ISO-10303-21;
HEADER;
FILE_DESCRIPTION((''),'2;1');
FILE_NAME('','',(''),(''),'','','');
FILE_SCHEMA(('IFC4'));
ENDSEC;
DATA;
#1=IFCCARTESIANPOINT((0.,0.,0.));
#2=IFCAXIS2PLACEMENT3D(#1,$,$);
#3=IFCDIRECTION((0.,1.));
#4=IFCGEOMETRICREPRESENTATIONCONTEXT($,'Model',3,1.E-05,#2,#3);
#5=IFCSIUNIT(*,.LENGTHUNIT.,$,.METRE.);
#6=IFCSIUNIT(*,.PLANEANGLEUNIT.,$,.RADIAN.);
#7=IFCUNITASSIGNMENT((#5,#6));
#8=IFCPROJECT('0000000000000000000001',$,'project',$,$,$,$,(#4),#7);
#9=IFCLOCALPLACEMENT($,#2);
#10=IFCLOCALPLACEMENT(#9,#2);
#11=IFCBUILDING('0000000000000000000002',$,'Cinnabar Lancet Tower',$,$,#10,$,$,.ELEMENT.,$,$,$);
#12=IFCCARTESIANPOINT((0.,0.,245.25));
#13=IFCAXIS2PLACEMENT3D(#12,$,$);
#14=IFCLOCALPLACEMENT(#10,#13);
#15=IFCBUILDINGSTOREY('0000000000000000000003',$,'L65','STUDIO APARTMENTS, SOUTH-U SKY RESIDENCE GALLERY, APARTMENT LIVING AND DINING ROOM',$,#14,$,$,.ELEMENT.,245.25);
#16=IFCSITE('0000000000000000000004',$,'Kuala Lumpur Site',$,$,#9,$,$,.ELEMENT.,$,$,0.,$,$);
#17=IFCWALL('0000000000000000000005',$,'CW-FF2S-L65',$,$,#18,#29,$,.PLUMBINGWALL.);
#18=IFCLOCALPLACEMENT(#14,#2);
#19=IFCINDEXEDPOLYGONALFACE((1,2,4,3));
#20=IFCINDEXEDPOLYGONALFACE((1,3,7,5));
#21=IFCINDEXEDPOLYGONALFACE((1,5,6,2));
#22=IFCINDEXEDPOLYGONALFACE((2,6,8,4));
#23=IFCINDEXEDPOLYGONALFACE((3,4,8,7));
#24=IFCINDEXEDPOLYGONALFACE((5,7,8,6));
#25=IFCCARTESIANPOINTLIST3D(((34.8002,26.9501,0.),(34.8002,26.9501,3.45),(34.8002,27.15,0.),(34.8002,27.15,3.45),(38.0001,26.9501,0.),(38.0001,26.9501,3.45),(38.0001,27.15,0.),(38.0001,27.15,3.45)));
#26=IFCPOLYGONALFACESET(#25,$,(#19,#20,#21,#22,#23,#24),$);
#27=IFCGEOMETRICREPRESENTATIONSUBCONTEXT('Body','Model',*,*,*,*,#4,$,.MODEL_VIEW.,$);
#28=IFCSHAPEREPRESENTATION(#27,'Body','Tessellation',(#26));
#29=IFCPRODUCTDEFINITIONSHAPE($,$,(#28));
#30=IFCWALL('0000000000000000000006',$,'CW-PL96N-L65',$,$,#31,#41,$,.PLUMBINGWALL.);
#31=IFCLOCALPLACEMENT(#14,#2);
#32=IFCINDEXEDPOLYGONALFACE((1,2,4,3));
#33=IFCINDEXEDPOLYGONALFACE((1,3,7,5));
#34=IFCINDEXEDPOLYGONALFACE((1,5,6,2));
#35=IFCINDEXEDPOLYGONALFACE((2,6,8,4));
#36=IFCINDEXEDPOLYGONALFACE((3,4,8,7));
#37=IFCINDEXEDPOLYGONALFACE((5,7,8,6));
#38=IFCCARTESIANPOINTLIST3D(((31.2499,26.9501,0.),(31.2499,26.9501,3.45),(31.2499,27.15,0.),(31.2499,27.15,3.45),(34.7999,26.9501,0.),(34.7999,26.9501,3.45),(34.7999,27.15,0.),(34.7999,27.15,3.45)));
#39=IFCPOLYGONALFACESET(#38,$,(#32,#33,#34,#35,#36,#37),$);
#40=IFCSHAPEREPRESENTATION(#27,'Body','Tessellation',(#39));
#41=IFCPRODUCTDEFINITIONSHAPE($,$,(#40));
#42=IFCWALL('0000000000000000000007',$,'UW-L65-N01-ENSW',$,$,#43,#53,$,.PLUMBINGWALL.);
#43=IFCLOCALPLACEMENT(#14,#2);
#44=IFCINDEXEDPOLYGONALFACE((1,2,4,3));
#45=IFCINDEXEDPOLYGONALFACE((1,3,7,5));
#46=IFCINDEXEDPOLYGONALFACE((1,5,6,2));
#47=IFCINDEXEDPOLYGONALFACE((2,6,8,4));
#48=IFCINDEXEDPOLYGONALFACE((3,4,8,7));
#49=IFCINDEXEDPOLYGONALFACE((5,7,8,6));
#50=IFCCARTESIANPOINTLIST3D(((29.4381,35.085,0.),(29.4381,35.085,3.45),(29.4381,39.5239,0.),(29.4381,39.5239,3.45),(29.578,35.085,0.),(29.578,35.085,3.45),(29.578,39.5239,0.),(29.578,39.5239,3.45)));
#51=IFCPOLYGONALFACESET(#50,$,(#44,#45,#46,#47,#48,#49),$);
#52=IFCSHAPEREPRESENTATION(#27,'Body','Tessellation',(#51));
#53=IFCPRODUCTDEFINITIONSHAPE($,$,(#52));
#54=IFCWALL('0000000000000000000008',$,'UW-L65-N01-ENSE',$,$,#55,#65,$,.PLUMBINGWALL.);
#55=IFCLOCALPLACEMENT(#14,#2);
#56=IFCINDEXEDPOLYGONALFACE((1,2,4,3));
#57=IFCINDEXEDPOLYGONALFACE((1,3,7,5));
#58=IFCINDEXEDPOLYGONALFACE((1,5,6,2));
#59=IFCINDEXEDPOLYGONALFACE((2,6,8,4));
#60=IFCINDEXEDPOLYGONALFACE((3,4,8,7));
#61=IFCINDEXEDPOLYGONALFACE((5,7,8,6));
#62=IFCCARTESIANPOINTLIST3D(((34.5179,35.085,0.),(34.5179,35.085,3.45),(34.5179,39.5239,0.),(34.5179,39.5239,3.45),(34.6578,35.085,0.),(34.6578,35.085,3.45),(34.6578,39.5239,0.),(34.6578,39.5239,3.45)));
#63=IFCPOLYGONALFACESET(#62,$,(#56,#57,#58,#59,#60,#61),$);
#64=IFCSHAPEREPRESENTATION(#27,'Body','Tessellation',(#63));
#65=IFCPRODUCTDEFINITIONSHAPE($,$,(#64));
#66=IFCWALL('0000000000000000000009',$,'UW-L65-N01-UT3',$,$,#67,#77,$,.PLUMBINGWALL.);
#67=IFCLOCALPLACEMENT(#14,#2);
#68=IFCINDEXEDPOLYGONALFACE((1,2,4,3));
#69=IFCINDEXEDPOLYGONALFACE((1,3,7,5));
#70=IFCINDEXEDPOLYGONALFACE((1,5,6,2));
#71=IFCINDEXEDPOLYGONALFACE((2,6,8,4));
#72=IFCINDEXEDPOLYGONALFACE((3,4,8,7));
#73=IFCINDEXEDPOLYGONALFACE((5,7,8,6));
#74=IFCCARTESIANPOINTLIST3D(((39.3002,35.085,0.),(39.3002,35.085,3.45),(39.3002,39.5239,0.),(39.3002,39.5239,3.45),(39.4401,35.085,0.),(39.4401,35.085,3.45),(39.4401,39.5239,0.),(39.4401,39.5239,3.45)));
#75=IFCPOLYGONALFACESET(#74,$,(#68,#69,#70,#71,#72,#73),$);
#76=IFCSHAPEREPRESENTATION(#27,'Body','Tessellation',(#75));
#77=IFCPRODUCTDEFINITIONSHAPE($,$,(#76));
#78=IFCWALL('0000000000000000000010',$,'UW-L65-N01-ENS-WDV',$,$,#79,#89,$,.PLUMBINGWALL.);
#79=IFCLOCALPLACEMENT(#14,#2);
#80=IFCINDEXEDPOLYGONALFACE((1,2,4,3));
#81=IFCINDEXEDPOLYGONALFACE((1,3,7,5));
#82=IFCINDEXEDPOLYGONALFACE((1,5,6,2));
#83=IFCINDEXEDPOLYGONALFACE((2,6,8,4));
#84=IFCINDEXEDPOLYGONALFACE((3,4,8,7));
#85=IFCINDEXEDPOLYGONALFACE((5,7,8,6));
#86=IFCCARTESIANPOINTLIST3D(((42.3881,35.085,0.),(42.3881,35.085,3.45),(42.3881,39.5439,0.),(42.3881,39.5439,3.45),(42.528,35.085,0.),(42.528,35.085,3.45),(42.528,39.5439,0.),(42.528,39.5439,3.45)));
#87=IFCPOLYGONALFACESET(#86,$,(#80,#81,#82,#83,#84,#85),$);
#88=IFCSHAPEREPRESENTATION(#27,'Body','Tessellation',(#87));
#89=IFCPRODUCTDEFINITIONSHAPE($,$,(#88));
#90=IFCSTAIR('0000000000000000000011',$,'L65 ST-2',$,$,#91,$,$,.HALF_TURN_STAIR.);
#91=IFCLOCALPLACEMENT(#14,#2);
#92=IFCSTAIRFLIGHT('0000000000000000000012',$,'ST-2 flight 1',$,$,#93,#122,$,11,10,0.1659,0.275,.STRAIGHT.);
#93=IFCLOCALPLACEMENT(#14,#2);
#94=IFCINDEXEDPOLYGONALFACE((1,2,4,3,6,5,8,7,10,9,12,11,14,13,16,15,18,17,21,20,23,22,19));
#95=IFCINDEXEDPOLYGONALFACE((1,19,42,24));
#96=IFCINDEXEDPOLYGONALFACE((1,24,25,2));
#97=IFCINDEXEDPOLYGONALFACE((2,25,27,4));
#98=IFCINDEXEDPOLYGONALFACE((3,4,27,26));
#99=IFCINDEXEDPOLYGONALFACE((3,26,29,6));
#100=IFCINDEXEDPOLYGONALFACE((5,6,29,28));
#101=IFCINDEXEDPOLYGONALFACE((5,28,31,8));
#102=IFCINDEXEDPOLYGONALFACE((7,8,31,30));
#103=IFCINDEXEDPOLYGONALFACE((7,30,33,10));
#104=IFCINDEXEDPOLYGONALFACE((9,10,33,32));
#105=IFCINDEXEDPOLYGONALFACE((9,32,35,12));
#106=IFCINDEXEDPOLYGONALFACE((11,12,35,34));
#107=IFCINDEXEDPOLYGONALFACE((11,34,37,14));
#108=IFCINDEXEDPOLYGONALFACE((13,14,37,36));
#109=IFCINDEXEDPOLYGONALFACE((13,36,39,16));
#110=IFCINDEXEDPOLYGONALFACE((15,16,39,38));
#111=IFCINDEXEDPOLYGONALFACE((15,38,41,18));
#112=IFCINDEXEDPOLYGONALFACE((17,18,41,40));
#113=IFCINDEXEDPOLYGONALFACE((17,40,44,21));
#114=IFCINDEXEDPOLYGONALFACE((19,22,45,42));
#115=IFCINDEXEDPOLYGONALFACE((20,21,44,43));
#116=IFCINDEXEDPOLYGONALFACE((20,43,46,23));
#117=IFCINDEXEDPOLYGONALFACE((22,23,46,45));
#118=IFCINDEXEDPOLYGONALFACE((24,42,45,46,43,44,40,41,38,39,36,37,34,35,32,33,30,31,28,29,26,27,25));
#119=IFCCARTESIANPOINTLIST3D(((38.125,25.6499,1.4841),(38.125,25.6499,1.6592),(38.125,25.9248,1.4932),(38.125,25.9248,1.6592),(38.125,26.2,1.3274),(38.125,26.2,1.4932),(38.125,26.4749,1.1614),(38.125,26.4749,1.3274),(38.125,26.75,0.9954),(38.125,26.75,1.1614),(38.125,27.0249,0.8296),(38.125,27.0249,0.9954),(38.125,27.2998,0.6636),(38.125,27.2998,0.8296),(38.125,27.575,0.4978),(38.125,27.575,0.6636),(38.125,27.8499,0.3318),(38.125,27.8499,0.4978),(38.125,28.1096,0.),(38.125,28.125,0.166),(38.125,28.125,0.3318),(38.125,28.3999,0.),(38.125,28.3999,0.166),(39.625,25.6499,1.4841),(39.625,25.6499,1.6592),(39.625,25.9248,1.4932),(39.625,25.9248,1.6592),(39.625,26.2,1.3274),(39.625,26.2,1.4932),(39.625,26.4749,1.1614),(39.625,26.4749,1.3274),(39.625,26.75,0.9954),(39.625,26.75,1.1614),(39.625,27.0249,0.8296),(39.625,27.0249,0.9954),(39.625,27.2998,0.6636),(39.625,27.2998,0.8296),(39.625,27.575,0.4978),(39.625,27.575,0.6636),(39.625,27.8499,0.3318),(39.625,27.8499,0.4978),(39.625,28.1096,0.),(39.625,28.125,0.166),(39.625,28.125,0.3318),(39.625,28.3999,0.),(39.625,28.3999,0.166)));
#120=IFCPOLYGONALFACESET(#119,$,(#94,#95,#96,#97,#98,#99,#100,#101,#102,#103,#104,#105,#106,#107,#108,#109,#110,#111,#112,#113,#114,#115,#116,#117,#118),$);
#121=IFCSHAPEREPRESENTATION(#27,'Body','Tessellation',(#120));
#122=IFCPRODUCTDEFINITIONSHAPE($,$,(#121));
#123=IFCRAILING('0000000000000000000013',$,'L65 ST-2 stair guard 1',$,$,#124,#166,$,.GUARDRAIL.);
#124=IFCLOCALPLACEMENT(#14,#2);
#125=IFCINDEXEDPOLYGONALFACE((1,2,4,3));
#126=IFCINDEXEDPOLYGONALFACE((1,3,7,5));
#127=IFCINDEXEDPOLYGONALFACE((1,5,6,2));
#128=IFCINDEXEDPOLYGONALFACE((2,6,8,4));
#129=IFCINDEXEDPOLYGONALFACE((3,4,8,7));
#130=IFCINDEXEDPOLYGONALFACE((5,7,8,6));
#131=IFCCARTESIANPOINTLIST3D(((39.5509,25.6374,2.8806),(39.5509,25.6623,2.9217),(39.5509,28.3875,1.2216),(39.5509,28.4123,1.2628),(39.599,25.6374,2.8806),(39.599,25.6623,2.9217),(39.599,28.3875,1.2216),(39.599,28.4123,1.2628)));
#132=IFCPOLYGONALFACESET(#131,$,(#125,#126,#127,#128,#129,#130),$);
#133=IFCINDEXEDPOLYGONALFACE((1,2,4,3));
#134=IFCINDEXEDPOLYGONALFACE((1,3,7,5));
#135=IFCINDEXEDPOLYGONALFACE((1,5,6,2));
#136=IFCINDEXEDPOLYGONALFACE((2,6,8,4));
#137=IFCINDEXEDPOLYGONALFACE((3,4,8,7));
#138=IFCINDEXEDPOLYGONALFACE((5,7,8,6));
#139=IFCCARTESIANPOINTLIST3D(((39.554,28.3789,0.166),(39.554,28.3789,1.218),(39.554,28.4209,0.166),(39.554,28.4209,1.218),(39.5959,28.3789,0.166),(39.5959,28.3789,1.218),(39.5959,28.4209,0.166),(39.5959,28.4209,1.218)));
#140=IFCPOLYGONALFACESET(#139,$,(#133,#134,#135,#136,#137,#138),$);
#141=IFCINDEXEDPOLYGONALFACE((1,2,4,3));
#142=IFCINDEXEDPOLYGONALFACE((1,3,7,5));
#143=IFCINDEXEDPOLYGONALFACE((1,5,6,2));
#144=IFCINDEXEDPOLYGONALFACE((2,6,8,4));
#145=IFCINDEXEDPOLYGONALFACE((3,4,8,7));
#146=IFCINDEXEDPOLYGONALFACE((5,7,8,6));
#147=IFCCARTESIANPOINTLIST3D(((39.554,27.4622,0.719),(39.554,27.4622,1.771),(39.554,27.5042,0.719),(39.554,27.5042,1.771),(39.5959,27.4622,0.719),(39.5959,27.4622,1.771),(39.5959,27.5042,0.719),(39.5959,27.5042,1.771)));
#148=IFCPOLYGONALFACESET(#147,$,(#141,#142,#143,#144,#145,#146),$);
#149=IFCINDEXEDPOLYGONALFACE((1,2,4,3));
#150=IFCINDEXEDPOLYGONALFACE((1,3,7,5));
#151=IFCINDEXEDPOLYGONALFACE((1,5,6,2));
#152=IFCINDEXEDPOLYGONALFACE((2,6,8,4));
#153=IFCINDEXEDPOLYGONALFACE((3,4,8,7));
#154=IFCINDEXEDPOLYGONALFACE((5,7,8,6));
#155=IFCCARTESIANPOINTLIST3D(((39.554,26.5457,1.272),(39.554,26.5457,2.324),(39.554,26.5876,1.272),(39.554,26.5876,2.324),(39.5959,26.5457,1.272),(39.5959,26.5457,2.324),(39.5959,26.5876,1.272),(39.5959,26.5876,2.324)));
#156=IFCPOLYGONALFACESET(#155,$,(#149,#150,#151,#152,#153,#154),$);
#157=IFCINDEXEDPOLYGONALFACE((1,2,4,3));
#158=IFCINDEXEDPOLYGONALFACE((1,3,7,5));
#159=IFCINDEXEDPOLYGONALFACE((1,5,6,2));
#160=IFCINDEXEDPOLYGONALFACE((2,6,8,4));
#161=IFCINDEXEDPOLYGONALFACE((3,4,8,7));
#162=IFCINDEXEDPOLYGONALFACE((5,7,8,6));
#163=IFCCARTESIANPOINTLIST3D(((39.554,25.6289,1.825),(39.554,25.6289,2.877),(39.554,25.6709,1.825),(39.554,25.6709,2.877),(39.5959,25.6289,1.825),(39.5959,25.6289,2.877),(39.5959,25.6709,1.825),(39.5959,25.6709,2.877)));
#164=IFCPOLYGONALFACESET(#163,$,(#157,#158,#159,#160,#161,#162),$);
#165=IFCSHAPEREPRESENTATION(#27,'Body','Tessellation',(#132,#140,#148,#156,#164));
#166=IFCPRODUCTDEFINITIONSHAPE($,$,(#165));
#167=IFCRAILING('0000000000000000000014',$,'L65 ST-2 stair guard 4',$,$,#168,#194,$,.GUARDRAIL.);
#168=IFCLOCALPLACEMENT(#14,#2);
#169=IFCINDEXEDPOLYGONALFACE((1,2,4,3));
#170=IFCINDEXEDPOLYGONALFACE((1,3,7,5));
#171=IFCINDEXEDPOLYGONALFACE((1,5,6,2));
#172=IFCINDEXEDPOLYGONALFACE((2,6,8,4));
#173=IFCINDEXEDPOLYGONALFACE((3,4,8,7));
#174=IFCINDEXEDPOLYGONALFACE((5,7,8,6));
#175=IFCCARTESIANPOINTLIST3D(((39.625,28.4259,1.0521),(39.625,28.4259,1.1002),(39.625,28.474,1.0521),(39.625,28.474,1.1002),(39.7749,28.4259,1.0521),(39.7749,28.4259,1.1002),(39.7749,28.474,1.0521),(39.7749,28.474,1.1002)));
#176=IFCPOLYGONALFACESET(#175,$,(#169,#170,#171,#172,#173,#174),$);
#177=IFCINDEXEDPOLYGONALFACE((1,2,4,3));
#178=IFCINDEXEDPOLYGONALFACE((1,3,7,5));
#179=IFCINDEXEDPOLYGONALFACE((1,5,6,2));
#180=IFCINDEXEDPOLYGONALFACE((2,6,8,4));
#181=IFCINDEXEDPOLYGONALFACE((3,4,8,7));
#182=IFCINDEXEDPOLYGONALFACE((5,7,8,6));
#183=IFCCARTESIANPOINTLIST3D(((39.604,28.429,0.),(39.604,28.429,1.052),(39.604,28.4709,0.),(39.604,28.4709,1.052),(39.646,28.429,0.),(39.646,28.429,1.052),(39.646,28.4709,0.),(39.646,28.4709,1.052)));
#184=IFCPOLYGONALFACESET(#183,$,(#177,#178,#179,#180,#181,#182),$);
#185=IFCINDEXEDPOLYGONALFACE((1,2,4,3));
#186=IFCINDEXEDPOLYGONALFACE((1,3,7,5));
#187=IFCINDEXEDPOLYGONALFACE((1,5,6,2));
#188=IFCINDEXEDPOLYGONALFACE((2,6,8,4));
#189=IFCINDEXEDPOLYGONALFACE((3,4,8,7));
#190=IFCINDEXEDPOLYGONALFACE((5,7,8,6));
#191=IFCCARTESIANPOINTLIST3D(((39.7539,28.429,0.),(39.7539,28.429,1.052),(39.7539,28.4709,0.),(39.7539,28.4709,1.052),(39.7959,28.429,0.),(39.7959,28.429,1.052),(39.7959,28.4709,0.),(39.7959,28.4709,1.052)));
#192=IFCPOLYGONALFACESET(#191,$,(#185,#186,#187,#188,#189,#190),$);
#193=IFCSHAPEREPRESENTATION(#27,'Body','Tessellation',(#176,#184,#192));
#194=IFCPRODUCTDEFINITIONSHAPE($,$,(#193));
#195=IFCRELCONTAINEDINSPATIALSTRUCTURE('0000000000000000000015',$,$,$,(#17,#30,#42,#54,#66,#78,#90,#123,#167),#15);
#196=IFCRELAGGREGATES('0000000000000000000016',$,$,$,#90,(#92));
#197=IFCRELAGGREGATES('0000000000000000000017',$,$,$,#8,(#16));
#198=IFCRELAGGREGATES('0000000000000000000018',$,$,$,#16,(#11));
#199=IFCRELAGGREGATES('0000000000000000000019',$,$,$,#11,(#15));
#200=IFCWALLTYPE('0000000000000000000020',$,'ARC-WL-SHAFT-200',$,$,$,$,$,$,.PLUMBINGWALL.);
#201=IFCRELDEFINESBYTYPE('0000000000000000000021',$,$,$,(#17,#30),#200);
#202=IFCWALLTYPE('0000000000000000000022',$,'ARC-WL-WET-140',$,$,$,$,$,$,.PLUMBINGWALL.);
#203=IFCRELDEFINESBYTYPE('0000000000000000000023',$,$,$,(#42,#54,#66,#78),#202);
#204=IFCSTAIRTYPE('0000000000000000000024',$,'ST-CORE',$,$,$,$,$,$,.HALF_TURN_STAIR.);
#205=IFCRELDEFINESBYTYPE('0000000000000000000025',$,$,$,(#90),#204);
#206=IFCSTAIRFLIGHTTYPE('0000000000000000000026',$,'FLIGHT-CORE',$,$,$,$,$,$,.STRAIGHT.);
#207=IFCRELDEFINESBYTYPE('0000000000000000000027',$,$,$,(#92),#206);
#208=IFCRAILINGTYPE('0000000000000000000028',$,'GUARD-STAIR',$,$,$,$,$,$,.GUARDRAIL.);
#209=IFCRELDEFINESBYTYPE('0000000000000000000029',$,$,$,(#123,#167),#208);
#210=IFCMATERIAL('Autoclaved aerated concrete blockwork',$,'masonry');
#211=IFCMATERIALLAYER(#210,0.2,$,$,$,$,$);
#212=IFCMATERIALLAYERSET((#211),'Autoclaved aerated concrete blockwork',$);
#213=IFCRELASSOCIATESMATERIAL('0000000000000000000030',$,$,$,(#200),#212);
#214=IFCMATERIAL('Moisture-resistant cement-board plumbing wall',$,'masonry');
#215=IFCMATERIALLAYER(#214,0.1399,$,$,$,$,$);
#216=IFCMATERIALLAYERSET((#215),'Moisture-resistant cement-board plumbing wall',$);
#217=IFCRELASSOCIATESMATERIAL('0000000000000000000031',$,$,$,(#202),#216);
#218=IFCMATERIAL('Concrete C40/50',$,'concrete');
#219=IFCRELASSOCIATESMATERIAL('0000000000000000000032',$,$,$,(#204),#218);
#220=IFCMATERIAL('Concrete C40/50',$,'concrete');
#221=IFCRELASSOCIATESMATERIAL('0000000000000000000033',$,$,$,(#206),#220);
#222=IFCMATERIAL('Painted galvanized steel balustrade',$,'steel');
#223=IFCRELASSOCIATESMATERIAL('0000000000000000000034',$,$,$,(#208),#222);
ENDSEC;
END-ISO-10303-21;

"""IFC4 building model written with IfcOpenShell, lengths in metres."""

from ifc_helpers import new_model, si_unit, direction, frame, frame_2d, origin, origin_2d, place, context, subcontext, project, spatial, polyline, rectangle, outline, extrude, material, layer, layer_set, type_object, element, aggregate, save


model = new_model("IFC4")

# Units and contexts
model_context = context("Model", 3, precision=1e-05, world=origin(), true_north=direction((0.0, 1.0)))
body_context = subcontext(model_context, "Body", "Model", "MODEL_VIEW")
ifc_project = project(units=[si_unit("LENGTHUNIT", "METRE"), si_unit("PLANEANGLEUNIT", "RADIAN")], contexts=[model_context])

# Site, building, storey
site_placement = place(None, origin())
site = spatial("IfcSite", under=ifc_project, at=site_placement, Name="Kuala Lumpur Site", CompositionType="ELEMENT", RefElevation=0.0)
building_placement = place(site_placement, origin())
building = spatial("IfcBuilding", under=site, at=building_placement, Name="Cinnabar Lancet Tower", CompositionType="ELEMENT")
storey_placement = place(building_placement, frame((0.0, 0.0, 245.25)))
storey = spatial("IfcBuildingStorey", under=building, at=storey_placement, Name="L65", Description="STUDIO APARTMENTS, SOUTH-U SKY RESIDENCE GALLERY, APARTMENT LIVING AND DINING ROOM", CompositionType="ELEMENT", Elevation=245.25)

# Shared definitions
ifc_material_1 = material(Name="Autoclaved aerated concrete blockwork", Category="masonry")
ifc_layer_1 = layer(ifc_material_1, 0.2)
ifc_layer_set_1 = layer_set([ifc_layer_1], Name="Autoclaved aerated concrete blockwork")
wall_type_1 = type_object("IfcWallType", Name="ARC-WL-SHAFT-200", PredefinedType="PLUMBINGWALL", material=ifc_layer_set_1)

# Walls
wall_1_placement = place(storey_placement, frame((34.8, 27.05, 0.0), z_axis=(0.0, 0.0, 1.0), x_axis=(1.0, 0.0, 0.0)))
element("IfcWall", 1, at=wall_1_placement, inside=storey, type_object=wall_type_1, Name="CW-FF2S-L65", PredefinedType="PLUMBINGWALL", context=body_context, shape_type="SweptSolid", body=[
    extrude(rectangle(XDim=3.2, YDim=0.2, at=frame_2d((1.6001, 0.0))), origin(), (0.0, 0.0, 1.0), 3.45),
])
wall_2_placement = place(storey_placement, frame((31.25, 27.05, 0.0), z_axis=(0.0, 0.0, 1.0), x_axis=(1.0, 0.0, 0.0)))
element("IfcWall", 2, at=wall_2_placement, inside=storey, type_object=wall_type_1, Name="CW-PL96N-L65", PredefinedType="PLUMBINGWALL", context=body_context, shape_type="SweptSolid", body=[
    extrude(rectangle(XDim=3.55, YDim=0.2, at=frame_2d((1.7749, 0.0))), origin(), (0.0, 0.0, 1.0), 3.45),
])
ifc_material_2 = material(Name="Moisture-resistant cement-board plumbing wall", Category="masonry")
ifc_layer_2 = layer(ifc_material_2, 0.1399)
ifc_layer_set_2 = layer_set([ifc_layer_2], Name="Moisture-resistant cement-board plumbing wall")
wall_type_2 = type_object("IfcWallType", Name="ARC-WL-WET-140", PredefinedType="PLUMBINGWALL", material=ifc_layer_set_2)
for number, where, z_axis, x_axis, name in (
    (3, (29.5081, 35.085, 0.0), (0.0, 0.0, 1.0), (0.0, 1.0, 0.0), "UW-L65-N01-ENSW"),
    (4, (34.5879, 35.085, 0.0), (0.0, 0.0, 1.0), (0.0, 1.0, 0.0), "UW-L65-N01-ENSE"),
    (5, (39.3701, 35.085, 0.0), (0.0, 0.0, 1.0), (0.0, 1.0, 0.0), "UW-L65-N01-UT3"),
):
    element("IfcWall", number, at=place(storey_placement, frame(where, z_axis=z_axis, x_axis=x_axis)), inside=storey, type_object=wall_type_2, Name=name, PredefinedType="PLUMBINGWALL", context=body_context, shape_type="SweptSolid", body=[
        extrude(rectangle(XDim=4.439, YDim=0.1399, at=frame_2d((2.2195, 0.0))), origin(), (0.0, 0.0, 1.0), 3.45),
    ])
wall_3_placement = place(storey_placement, frame((42.458, 35.085, 0.0), z_axis=(0.0, 0.0, 1.0), x_axis=(0.0, 1.0, 0.0)))
element("IfcWall", 6, at=wall_3_placement, inside=storey, type_object=wall_type_2, Name="UW-L65-N01-ENS-WDV", PredefinedType="PLUMBINGWALL", context=body_context, shape_type="SweptSolid", body=[
    extrude(rectangle(XDim=4.459, YDim=0.1399, at=frame_2d((2.2295, 0.0))), origin(), (0.0, 0.0, 1.0), 3.45),
])

# Stair, stair flight
ifc_material_3 = material(Name="Concrete C40/50", Category="concrete")
stair_type = type_object("IfcStairType", Name="ST-CORE", PredefinedType="HALF_TURN_STAIR", material=ifc_material_3)
stair_placement = place(storey_placement, origin())
stair = element("IfcStair", 7, at=stair_placement, inside=storey, type_object=stair_type, Name="L65 ST-2", PredefinedType="HALF_TURN_STAIR")
ifc_material_4 = material(Name="Concrete C40/50", Category="concrete")
stair_flight_type = type_object("IfcStairFlightType", Name="FLIGHT-CORE", PredefinedType="STRAIGHT", material=ifc_material_4)
stair_flight_placement = place(storey_placement, frame((38.875, 28.3999, 0.0), z_axis=(0.0, 0.0, 1.0), x_axis=(0.0, -1.0, 0.0)))
stair_flight = element("IfcStairFlight", 8, at=stair_flight_placement, type_object=stair_flight_type, Name="ST-2 flight 1", NumberOfRisers=11, NumberOfTreads=10, PredefinedType="STRAIGHT", RiserHeight=0.1659, TreadLength=0.275, context=body_context, shape_type="SweptSolid", body=[
    extrude(outline(polyline([(0.0, 0.0), (0.0, 0.166), (0.2749, 0.166), (0.2749, 0.3318), (0.55, 0.3318), (0.55, 0.4978), (0.825, 0.4978), (0.825, 0.6636), (1.1001, 0.6636), (1.1001, 0.8296), (1.375, 0.8296), (1.375, 0.9954), (1.6499, 0.9954), (1.6499, 1.1614), (1.925, 1.1614), (1.925, 1.3274), (2.2, 1.3274), (2.2, 1.4932), (2.4751, 1.4932), (2.4751, 1.6592), (2.75, 1.6592), (2.75, 1.825), (2.75, 1.4841), (0.2903, 0.0), (0.0, 0.0)])), frame((0.0, 0.75, 0.0), z_axis=(0.0, -1.0, 0.0), x_axis=(1.0, 0.0, 0.0)), (0.0, 0.0, 1.0), 1.5),
])
aggregate(stair, [stair_flight])

# Railings
ifc_material_5 = material(Name="Painted galvanized steel balustrade", Category="steel")
railing_type_1 = type_object("IfcRailingType", Name="GUARD-STAIR", PredefinedType="GUARDRAIL", material=ifc_material_5)
railing_1_placement = place(storey_placement, frame((39.575, 28.3999, 0.166)))
element("IfcRailing", 9, at=railing_1_placement, inside=storey, type_object=railing_type_1, Name="L65 ST-2 stair guard 1", PredefinedType="GUARDRAIL", context=body_context, shape_type="SweptSolid", body=[
    extrude(rectangle(XDim=0.0481, YDim=0.0481, at=origin_2d()), frame((0.0, 0.0, 1.0762), z_axis=(0.0, -0.856263, 0.51654), x_axis=(1.0, 0.0, 0.0)), (0.0, 0.0, 1.0), 3.2117),
    extrude(rectangle(XDim=0.042, YDim=0.042, at=origin_2d()), origin(), (0.0, 0.0, 1.0), 1.052),
    extrude(rectangle(XDim=0.042, YDim=0.042, at=origin_2d()), frame((0.0, -0.9167, 0.553)), (0.0, 0.0, 1.0), 1.052),
    extrude(rectangle(XDim=0.042, YDim=0.042, at=origin_2d()), frame((0.0, -1.8333, 1.106)), (0.0, 0.0, 1.0), 1.052),
    extrude(rectangle(XDim=0.042, YDim=0.042, at=origin_2d()), frame((0.0, -2.75, 1.6589)), (0.0, 0.0, 1.0), 1.052),
])
railing_2_placement = place(storey_placement, frame((39.625, 28.45, 0.0)))
element("IfcRailing", 10, at=railing_2_placement, inside=storey, type_object=railing_type_1, Name="L65 ST-2 stair guard 4", PredefinedType="GUARDRAIL", context=body_context, shape_type="SweptSolid", body=[
    extrude(rectangle(XDim=0.0481, YDim=0.0481, at=origin_2d()), frame((0.0, 0.0, 1.0762), z_axis=(1.0, 0.0, 0.0), x_axis=(0.0, 1.0, 0.0)), (0.0, 0.0, 1.0), 0.1499),
    extrude(rectangle(XDim=0.042, YDim=0.042, at=origin_2d()), origin(), (0.0, 0.0, 1.0), 1.052),
    extrude(rectangle(XDim=0.042, YDim=0.042, at=origin_2d()), frame((0.1499, 0.0, 0.0)), (0.0, 0.0, 1.0), 1.052),
])

save(model, "model.ifc")
